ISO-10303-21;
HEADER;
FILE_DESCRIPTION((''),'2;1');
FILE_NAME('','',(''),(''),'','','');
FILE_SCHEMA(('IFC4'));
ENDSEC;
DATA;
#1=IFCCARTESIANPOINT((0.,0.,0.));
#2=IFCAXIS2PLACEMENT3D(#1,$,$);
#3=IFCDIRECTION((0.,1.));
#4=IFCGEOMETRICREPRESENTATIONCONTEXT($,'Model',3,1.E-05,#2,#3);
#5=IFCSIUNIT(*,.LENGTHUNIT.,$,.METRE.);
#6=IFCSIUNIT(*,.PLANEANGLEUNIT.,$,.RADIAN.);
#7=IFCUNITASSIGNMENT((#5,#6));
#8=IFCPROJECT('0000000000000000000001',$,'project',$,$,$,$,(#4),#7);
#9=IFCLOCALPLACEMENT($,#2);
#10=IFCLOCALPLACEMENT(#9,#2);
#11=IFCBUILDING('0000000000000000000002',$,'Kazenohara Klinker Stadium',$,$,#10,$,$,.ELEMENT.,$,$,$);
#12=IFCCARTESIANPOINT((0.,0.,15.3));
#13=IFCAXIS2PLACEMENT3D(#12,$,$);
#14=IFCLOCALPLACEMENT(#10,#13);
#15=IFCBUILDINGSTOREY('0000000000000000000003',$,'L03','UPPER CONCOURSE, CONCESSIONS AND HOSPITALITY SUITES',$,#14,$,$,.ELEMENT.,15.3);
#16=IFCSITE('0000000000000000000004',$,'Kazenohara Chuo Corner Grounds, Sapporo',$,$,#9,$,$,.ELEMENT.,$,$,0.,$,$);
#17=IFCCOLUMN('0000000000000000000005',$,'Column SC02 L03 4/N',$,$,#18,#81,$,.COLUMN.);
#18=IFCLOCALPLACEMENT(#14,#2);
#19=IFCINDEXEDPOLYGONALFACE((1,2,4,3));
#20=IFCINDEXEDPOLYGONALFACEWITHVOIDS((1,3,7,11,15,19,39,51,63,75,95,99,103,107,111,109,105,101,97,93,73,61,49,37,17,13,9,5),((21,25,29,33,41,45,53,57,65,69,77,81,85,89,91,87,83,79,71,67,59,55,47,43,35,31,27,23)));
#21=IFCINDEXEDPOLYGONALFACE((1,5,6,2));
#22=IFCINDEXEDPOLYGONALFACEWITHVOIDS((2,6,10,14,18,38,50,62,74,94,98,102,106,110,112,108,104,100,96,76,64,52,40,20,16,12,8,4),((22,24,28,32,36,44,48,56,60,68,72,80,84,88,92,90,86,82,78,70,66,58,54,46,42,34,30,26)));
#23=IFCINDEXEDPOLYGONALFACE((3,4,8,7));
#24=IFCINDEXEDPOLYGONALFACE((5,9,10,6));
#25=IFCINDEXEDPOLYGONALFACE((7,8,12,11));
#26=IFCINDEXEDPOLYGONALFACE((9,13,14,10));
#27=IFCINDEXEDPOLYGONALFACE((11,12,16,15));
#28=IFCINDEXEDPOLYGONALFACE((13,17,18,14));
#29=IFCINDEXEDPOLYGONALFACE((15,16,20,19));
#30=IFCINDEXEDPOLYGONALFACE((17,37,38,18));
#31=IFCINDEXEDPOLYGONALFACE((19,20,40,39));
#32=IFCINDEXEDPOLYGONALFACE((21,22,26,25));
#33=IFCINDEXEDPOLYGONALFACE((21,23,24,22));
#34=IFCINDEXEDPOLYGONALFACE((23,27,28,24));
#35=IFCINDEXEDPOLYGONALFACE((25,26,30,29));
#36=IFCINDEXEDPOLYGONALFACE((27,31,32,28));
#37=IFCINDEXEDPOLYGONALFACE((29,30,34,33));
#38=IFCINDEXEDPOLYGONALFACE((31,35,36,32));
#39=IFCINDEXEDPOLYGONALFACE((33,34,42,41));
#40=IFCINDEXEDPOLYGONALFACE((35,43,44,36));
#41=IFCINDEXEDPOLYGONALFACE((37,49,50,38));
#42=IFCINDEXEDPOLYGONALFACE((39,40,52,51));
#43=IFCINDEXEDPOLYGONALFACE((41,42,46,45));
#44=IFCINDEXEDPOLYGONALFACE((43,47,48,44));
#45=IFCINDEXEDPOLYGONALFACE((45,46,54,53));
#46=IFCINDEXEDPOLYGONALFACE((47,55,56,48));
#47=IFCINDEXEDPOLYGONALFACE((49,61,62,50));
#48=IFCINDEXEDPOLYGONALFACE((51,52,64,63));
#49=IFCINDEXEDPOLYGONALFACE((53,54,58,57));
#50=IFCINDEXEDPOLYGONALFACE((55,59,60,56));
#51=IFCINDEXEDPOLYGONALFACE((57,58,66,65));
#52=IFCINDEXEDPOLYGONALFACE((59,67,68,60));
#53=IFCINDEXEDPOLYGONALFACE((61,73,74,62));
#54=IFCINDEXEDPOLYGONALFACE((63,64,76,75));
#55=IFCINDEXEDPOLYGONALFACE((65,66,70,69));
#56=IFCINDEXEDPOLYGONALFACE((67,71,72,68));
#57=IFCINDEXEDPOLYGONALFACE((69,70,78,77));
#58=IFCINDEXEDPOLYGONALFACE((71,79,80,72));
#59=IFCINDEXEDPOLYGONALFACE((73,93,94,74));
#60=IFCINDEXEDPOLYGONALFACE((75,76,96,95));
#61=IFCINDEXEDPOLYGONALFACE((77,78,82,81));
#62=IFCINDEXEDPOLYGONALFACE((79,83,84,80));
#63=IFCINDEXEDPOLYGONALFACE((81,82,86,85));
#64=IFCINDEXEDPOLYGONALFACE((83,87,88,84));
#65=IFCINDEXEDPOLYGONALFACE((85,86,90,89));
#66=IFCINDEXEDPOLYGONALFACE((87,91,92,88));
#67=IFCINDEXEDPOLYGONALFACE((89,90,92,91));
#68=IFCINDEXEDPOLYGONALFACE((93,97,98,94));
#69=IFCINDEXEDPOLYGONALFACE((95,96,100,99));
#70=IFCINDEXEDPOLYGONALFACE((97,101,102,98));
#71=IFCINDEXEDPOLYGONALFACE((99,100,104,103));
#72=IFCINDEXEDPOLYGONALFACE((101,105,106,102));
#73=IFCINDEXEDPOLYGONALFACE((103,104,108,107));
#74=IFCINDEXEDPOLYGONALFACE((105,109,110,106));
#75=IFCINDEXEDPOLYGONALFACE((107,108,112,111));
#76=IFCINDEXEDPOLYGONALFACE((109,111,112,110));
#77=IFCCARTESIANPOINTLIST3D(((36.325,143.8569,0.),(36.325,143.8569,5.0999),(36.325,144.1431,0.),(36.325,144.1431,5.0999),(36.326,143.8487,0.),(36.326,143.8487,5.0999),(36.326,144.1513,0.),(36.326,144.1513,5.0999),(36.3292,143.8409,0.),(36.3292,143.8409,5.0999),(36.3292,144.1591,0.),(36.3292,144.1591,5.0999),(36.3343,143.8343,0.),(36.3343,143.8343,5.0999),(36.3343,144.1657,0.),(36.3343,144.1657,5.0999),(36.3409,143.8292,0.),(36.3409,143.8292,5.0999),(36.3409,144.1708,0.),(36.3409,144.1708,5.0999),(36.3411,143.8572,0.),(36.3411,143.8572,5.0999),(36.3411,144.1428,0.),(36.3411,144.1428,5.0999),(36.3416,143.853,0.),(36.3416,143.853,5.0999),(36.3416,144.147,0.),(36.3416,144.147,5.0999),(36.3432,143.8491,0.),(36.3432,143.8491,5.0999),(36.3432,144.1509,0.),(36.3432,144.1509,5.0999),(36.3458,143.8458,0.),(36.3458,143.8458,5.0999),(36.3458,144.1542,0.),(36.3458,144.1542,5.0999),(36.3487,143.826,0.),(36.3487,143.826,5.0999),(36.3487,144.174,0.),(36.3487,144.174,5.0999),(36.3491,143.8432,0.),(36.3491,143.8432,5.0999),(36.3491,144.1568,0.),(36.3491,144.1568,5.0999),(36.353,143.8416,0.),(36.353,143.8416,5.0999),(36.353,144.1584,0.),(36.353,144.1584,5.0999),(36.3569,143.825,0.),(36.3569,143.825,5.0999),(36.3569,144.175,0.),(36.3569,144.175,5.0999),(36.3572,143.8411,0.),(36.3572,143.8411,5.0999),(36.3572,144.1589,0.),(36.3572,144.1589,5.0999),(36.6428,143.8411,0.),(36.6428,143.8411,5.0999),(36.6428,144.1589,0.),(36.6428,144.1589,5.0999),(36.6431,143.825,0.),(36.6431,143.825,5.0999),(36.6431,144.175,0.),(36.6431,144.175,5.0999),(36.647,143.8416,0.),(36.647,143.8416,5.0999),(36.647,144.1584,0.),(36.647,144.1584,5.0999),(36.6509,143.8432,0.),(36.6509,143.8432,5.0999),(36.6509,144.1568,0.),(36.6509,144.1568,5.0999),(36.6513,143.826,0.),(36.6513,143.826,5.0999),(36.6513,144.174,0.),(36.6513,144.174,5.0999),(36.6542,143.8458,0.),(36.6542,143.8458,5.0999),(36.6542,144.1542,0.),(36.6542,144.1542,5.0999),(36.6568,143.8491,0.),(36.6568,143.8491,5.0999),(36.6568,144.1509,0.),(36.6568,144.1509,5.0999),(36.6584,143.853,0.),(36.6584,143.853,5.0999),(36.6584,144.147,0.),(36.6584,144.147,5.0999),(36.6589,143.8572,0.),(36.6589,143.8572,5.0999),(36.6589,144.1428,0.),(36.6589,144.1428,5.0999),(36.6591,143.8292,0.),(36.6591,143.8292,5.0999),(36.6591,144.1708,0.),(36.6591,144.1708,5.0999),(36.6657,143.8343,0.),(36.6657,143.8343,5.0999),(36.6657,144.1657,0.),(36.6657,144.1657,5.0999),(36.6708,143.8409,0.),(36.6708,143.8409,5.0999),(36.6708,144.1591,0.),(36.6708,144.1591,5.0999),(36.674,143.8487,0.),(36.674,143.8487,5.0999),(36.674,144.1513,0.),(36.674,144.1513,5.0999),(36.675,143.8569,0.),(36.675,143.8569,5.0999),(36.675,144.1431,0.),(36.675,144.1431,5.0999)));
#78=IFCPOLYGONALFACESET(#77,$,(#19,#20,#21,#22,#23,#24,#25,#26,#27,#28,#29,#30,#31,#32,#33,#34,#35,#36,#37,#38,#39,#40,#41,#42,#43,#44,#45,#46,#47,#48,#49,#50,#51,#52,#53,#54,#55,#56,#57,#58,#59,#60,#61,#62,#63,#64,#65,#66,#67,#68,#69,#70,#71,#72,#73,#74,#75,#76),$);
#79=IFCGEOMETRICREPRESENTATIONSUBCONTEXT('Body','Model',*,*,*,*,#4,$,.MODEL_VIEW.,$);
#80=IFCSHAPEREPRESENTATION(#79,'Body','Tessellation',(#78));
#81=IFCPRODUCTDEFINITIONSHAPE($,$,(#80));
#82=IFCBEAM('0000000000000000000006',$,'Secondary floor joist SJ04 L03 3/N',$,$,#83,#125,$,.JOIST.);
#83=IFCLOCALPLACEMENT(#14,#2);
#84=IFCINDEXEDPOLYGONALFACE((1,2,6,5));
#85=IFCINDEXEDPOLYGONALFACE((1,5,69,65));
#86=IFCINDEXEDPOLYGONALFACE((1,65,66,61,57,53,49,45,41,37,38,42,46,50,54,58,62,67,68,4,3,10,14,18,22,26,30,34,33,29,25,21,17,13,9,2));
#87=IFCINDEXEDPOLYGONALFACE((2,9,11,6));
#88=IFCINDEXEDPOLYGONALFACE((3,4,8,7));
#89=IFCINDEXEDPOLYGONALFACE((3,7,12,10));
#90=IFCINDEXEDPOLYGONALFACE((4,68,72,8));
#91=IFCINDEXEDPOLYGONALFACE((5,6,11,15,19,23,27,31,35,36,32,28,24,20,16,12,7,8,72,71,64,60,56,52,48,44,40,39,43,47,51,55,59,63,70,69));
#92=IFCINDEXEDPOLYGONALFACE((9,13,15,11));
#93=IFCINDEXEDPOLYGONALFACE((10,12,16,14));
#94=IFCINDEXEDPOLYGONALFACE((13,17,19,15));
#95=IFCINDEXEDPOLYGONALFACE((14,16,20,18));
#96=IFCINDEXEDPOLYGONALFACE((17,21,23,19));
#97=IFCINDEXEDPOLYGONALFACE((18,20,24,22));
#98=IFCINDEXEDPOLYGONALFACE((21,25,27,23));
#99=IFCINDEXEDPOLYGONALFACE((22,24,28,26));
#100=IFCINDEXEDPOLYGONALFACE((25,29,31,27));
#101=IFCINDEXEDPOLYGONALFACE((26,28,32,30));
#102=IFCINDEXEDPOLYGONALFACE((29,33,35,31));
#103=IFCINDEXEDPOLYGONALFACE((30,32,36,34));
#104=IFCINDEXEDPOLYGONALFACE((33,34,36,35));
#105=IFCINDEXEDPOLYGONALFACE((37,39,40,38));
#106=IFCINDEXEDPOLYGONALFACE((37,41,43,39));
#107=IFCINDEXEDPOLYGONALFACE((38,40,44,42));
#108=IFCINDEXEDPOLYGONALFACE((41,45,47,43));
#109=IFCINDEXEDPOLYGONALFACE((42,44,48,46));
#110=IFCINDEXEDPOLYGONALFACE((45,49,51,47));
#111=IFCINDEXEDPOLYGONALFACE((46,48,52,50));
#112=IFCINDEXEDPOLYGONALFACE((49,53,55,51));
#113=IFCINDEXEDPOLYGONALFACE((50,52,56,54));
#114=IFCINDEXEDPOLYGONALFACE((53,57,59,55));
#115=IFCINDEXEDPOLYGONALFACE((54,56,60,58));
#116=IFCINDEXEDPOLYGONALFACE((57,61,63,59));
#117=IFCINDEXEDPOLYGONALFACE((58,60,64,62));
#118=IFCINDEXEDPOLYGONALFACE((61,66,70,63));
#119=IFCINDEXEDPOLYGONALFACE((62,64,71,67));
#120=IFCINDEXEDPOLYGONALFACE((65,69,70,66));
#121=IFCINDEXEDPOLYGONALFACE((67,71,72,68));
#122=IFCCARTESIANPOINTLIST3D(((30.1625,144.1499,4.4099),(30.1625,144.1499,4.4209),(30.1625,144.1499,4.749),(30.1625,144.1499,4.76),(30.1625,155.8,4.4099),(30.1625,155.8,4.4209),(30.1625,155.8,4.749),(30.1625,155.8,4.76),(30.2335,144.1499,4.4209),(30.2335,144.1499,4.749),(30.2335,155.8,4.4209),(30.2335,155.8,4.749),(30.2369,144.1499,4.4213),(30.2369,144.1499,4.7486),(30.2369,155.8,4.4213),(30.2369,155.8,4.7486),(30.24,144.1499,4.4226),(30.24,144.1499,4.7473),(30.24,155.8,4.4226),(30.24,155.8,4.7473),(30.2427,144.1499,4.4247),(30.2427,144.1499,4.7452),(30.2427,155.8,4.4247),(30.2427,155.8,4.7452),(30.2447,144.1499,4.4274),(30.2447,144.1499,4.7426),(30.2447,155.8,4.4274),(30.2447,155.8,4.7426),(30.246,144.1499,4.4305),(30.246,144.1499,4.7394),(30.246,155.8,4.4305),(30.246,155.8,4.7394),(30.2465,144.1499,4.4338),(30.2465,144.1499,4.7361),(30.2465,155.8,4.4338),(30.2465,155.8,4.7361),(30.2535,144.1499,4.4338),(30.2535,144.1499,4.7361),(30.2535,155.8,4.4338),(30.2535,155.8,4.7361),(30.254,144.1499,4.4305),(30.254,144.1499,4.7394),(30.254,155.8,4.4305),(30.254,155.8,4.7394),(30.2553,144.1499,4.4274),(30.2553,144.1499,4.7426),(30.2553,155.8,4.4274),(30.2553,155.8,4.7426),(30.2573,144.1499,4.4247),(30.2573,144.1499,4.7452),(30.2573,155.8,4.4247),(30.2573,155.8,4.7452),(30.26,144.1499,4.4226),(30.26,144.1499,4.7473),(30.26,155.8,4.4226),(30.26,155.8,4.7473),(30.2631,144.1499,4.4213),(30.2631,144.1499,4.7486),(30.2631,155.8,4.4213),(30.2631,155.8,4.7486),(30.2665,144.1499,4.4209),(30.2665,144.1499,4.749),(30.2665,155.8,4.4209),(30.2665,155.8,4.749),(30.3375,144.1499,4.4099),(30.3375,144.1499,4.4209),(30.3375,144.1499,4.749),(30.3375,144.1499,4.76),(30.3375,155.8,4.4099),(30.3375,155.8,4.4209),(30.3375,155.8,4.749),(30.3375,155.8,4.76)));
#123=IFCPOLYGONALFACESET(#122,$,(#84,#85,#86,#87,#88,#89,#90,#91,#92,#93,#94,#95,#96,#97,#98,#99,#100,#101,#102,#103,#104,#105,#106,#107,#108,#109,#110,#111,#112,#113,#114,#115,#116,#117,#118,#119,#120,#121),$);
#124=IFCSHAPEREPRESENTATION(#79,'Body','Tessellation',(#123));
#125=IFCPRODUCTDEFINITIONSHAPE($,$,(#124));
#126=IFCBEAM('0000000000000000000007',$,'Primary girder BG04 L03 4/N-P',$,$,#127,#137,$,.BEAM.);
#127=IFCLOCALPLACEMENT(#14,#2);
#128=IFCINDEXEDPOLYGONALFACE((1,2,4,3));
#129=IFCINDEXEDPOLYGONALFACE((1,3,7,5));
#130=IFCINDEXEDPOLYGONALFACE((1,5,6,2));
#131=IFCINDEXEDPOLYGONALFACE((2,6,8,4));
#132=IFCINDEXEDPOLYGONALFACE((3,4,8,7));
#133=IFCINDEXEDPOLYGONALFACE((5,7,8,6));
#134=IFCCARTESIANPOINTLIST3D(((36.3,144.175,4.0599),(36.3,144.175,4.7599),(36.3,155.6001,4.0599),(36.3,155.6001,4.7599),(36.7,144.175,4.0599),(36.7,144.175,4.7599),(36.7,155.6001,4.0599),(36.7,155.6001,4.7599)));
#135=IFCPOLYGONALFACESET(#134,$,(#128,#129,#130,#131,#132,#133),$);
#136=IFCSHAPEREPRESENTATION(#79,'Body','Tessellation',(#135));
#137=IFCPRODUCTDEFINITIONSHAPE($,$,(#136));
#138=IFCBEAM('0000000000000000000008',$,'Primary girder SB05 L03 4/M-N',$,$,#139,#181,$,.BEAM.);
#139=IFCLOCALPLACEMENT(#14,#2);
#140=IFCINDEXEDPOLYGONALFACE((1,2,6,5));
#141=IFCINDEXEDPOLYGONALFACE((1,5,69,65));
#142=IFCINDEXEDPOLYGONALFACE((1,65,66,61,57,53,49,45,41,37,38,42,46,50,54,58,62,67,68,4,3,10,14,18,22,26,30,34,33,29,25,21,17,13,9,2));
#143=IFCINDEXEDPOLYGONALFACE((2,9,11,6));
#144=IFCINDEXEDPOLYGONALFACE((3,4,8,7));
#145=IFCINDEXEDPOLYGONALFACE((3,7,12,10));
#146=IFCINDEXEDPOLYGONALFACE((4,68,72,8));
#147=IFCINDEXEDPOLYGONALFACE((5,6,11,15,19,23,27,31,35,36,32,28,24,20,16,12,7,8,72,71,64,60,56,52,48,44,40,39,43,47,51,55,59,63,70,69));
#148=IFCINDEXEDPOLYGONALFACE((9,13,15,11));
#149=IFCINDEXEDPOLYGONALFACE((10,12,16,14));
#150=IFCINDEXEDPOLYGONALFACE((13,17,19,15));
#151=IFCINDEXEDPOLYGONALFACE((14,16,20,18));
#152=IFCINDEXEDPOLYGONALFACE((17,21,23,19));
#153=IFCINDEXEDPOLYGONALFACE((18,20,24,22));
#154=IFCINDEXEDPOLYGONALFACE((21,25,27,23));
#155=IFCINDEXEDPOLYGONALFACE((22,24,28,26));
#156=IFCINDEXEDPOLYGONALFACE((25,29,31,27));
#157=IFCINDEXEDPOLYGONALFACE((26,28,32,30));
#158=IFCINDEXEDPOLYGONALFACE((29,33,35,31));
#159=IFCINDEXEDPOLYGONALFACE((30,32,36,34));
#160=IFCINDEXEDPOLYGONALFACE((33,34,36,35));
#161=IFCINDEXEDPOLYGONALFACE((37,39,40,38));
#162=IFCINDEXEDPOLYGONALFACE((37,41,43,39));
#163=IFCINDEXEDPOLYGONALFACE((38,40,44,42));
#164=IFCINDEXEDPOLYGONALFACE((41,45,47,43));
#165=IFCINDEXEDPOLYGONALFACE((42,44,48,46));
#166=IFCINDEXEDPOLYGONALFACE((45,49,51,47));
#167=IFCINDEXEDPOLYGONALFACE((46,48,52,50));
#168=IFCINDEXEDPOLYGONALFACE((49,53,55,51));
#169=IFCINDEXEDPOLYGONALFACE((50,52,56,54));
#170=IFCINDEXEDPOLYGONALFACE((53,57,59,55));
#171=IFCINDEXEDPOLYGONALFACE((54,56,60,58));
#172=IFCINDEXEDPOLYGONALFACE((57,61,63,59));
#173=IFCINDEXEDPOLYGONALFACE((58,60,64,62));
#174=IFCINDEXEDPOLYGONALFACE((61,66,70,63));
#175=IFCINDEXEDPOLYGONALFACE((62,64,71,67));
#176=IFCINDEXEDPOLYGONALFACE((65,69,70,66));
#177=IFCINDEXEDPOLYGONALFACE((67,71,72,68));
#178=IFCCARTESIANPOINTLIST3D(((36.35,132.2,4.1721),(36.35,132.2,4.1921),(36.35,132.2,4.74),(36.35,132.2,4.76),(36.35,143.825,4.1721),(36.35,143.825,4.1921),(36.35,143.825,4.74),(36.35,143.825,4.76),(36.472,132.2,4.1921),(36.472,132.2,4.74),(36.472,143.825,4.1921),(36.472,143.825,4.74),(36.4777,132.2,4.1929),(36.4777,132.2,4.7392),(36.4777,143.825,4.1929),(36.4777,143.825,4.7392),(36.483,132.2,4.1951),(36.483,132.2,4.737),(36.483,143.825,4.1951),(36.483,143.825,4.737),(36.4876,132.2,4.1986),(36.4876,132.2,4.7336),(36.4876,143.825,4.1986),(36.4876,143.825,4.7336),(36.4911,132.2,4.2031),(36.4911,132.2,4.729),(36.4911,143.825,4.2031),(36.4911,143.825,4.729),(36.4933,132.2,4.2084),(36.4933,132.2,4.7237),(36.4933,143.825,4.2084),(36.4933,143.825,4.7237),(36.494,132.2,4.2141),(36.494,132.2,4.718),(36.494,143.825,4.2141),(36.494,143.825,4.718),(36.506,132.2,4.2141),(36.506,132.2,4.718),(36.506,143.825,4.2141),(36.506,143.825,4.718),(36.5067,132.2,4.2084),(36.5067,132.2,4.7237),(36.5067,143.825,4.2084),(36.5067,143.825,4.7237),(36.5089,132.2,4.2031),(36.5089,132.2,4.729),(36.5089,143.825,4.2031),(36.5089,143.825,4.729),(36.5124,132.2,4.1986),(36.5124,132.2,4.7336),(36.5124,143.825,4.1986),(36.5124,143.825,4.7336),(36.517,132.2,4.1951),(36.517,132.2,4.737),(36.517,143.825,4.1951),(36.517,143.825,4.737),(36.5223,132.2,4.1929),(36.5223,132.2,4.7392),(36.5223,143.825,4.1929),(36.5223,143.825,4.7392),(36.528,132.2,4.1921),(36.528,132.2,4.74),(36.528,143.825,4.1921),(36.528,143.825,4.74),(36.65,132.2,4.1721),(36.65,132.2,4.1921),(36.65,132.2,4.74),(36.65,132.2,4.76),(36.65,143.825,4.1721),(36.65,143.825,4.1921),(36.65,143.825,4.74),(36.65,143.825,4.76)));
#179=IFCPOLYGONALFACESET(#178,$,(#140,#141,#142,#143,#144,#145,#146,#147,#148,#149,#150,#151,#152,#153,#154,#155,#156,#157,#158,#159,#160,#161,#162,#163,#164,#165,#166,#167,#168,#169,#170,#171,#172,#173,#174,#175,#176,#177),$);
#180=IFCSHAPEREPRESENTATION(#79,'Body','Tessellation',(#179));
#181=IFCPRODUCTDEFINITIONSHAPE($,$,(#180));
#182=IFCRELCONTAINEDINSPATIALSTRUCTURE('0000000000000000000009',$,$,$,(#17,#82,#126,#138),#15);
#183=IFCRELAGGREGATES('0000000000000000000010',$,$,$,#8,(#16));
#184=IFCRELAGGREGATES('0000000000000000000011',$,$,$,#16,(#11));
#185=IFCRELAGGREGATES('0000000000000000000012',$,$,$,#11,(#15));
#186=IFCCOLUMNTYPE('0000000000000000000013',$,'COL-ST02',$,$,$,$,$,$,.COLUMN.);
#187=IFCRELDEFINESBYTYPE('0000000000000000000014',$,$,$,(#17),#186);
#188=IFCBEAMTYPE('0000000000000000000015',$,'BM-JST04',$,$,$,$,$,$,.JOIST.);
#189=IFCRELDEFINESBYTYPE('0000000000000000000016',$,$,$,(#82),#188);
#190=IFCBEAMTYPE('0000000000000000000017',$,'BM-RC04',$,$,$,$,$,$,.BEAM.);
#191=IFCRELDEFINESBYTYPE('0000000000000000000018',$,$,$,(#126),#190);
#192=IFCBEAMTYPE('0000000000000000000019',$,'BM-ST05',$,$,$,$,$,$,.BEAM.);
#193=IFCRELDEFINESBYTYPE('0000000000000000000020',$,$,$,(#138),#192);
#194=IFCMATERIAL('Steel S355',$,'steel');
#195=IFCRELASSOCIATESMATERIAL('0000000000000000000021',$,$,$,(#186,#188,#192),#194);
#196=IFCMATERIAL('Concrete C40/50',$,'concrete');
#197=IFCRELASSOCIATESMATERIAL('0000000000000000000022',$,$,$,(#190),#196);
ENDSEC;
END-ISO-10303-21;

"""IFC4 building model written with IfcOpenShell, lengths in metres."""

from ifc_helpers import new_model, si_unit, direction, frame, origin, origin_2d, place, context, subcontext, project, spatial, rectangle, hollow_rectangle, i_section, extrude, material, material_profile, profile_set, type_object, element, save


model = new_model("IFC4")

# Units and contexts
model_context = context("Model", 3, precision=1e-05, world=origin(), true_north=direction((0.0, 1.0)))
body_context = subcontext(model_context, "Body", "Model", "MODEL_VIEW")
ifc_project = project(units=[si_unit("LENGTHUNIT", "METRE"), si_unit("PLANEANGLEUNIT", "RADIAN")], contexts=[model_context])

# Site, building, storey
site_placement = place(None, origin())
site = spatial("IfcSite", under=ifc_project, at=site_placement, Name="Kazenohara Chuo Corner Grounds, Sapporo", CompositionType="ELEMENT", RefElevation=0.0)
building_placement = place(site_placement, origin())
building = spatial("IfcBuilding", under=site, at=building_placement, Name="Kazenohara Klinker Stadium", CompositionType="ELEMENT")
storey_placement = place(building_placement, frame((0.0, 0.0, 15.3)))
storey = spatial("IfcBuildingStorey", under=building, at=storey_placement, Name="L03", Description="UPPER CONCOURSE, CONCESSIONS AND HOSPITALITY SUITES", CompositionType="ELEMENT", Elevation=15.3)

# Column
ifc_material_1 = material(Name="Steel S355", Category="steel")
ifc_material_profile_1 = material_profile(ifc_material_1, hollow_rectangle(XDim=0.3501, YDim=0.3501, WallThickness=0.0161, InnerFilletRadius=0.0161, OuterFilletRadius=0.032, at=origin_2d()), Name="SHS-350x350x16")
ifc_profile_set_1 = profile_set([ifc_material_profile_1], Name="Steel S355")
column_type = type_object("IfcColumnType", Name="COL-ST02", PredefinedType="COLUMN", material=ifc_profile_set_1)
column_placement = place(storey_placement, frame((36.5, 144.0, 0.0), z_axis=(0.0, 0.0, 1.0), x_axis=(1.0, 0.0, 0.0)))
element("IfcColumn", 1, at=column_placement, inside=storey, type_object=column_type, Name="Column SC02 L03 4/N", PredefinedType="COLUMN", context=body_context, shape_type="SweptSolid", body=[
    extrude(hollow_rectangle(XDim=0.3501, YDim=0.3501, WallThickness=0.0161, InnerFilletRadius=0.0161, OuterFilletRadius=0.032, at=origin_2d()), origin(), (0.0, 0.0, 1.0), 5.0999),
])

# Beams
ifc_material_profile_2 = material_profile(ifc_material_1, i_section(OverallWidth=0.175, OverallDepth=0.3501, WebThickness=0.0071, FlangeThickness=0.011, FilletRadius=0.0129, at=origin_2d()), Name="H-350x175x7x11")
ifc_profile_set_2 = profile_set([ifc_material_profile_2], Name="Steel S355")
beam_type_1 = type_object("IfcBeamType", Name="BM-JST04", PredefinedType="JOIST", material=ifc_profile_set_2)
beam_1_placement = place(storey_placement, frame((30.25, 144.1499, 4.585), z_axis=(0.0, 1.0, 0.0), x_axis=(-1.0, 0.0, 0.0)))
element("IfcBeam", 2, at=beam_1_placement, inside=storey, type_object=beam_type_1, Name="Secondary floor joist SJ04 L03 3/N", PredefinedType="JOIST", context=body_context, shape_type="SweptSolid", body=[
    extrude(i_section(OverallWidth=0.175, OverallDepth=0.3501, WebThickness=0.0071, FlangeThickness=0.011, FilletRadius=0.0129, at=origin_2d()), origin(), (0.0, 0.0, 1.0), 11.6501),
])
ifc_material_2 = material(Name="Concrete C40/50", Category="concrete")
ifc_material_profile_3 = material_profile(ifc_material_2, rectangle(XDim=0.3999, YDim=0.7, at=origin_2d()), Name="RC-BM-400x700")
ifc_profile_set_3 = profile_set([ifc_material_profile_3], Name="Concrete C40/50")
beam_type_2 = type_object("IfcBeamType", Name="BM-RC04", PredefinedType="BEAM", material=ifc_profile_set_3)
beam_2_placement = place(storey_placement, frame((36.5, 144.175, 4.4099), z_axis=(0.0, 1.0, 0.0), x_axis=(-1.0, 0.0, 0.0)))
element("IfcBeam", 3, at=beam_2_placement, inside=storey, type_object=beam_type_2, Name="Primary girder BG04 L03 4/N-P", PredefinedType="BEAM", context=body_context, shape_type="SweptSolid", body=[
    extrude(rectangle(XDim=0.3999, YDim=0.7, at=origin_2d()), origin(), (0.0, 0.0, 1.0), 11.425),
])
ifc_material_profile_4 = material_profile(ifc_material_1, i_section(OverallWidth=0.3, OverallDepth=0.5879, WebThickness=0.012, FlangeThickness=0.02, FilletRadius=0.022, at=origin_2d()), Name="H-588x300x12x20")
ifc_profile_set_4 = profile_set([ifc_material_profile_4], Name="Steel S355")
beam_type_3 = type_object("IfcBeamType", Name="BM-ST05", PredefinedType="BEAM", material=ifc_profile_set_4)
beam_3_placement = place(storey_placement, frame((36.5, 132.2, 4.4661), z_axis=(0.0, 1.0, 0.0), x_axis=(-1.0, 0.0, 0.0)))
element("IfcBeam", 4, at=beam_3_placement, inside=storey, type_object=beam_type_3, Name="Primary girder SB05 L03 4/M-N", PredefinedType="BEAM", context=body_context, shape_type="SweptSolid", body=[
    extrude(i_section(OverallWidth=0.3, OverallDepth=0.5879, WebThickness=0.012, FlangeThickness=0.02, FilletRadius=0.022, at=origin_2d()), origin(), (0.0, 0.0, 1.0), 11.625),
])

save(model, "model.ifc")
